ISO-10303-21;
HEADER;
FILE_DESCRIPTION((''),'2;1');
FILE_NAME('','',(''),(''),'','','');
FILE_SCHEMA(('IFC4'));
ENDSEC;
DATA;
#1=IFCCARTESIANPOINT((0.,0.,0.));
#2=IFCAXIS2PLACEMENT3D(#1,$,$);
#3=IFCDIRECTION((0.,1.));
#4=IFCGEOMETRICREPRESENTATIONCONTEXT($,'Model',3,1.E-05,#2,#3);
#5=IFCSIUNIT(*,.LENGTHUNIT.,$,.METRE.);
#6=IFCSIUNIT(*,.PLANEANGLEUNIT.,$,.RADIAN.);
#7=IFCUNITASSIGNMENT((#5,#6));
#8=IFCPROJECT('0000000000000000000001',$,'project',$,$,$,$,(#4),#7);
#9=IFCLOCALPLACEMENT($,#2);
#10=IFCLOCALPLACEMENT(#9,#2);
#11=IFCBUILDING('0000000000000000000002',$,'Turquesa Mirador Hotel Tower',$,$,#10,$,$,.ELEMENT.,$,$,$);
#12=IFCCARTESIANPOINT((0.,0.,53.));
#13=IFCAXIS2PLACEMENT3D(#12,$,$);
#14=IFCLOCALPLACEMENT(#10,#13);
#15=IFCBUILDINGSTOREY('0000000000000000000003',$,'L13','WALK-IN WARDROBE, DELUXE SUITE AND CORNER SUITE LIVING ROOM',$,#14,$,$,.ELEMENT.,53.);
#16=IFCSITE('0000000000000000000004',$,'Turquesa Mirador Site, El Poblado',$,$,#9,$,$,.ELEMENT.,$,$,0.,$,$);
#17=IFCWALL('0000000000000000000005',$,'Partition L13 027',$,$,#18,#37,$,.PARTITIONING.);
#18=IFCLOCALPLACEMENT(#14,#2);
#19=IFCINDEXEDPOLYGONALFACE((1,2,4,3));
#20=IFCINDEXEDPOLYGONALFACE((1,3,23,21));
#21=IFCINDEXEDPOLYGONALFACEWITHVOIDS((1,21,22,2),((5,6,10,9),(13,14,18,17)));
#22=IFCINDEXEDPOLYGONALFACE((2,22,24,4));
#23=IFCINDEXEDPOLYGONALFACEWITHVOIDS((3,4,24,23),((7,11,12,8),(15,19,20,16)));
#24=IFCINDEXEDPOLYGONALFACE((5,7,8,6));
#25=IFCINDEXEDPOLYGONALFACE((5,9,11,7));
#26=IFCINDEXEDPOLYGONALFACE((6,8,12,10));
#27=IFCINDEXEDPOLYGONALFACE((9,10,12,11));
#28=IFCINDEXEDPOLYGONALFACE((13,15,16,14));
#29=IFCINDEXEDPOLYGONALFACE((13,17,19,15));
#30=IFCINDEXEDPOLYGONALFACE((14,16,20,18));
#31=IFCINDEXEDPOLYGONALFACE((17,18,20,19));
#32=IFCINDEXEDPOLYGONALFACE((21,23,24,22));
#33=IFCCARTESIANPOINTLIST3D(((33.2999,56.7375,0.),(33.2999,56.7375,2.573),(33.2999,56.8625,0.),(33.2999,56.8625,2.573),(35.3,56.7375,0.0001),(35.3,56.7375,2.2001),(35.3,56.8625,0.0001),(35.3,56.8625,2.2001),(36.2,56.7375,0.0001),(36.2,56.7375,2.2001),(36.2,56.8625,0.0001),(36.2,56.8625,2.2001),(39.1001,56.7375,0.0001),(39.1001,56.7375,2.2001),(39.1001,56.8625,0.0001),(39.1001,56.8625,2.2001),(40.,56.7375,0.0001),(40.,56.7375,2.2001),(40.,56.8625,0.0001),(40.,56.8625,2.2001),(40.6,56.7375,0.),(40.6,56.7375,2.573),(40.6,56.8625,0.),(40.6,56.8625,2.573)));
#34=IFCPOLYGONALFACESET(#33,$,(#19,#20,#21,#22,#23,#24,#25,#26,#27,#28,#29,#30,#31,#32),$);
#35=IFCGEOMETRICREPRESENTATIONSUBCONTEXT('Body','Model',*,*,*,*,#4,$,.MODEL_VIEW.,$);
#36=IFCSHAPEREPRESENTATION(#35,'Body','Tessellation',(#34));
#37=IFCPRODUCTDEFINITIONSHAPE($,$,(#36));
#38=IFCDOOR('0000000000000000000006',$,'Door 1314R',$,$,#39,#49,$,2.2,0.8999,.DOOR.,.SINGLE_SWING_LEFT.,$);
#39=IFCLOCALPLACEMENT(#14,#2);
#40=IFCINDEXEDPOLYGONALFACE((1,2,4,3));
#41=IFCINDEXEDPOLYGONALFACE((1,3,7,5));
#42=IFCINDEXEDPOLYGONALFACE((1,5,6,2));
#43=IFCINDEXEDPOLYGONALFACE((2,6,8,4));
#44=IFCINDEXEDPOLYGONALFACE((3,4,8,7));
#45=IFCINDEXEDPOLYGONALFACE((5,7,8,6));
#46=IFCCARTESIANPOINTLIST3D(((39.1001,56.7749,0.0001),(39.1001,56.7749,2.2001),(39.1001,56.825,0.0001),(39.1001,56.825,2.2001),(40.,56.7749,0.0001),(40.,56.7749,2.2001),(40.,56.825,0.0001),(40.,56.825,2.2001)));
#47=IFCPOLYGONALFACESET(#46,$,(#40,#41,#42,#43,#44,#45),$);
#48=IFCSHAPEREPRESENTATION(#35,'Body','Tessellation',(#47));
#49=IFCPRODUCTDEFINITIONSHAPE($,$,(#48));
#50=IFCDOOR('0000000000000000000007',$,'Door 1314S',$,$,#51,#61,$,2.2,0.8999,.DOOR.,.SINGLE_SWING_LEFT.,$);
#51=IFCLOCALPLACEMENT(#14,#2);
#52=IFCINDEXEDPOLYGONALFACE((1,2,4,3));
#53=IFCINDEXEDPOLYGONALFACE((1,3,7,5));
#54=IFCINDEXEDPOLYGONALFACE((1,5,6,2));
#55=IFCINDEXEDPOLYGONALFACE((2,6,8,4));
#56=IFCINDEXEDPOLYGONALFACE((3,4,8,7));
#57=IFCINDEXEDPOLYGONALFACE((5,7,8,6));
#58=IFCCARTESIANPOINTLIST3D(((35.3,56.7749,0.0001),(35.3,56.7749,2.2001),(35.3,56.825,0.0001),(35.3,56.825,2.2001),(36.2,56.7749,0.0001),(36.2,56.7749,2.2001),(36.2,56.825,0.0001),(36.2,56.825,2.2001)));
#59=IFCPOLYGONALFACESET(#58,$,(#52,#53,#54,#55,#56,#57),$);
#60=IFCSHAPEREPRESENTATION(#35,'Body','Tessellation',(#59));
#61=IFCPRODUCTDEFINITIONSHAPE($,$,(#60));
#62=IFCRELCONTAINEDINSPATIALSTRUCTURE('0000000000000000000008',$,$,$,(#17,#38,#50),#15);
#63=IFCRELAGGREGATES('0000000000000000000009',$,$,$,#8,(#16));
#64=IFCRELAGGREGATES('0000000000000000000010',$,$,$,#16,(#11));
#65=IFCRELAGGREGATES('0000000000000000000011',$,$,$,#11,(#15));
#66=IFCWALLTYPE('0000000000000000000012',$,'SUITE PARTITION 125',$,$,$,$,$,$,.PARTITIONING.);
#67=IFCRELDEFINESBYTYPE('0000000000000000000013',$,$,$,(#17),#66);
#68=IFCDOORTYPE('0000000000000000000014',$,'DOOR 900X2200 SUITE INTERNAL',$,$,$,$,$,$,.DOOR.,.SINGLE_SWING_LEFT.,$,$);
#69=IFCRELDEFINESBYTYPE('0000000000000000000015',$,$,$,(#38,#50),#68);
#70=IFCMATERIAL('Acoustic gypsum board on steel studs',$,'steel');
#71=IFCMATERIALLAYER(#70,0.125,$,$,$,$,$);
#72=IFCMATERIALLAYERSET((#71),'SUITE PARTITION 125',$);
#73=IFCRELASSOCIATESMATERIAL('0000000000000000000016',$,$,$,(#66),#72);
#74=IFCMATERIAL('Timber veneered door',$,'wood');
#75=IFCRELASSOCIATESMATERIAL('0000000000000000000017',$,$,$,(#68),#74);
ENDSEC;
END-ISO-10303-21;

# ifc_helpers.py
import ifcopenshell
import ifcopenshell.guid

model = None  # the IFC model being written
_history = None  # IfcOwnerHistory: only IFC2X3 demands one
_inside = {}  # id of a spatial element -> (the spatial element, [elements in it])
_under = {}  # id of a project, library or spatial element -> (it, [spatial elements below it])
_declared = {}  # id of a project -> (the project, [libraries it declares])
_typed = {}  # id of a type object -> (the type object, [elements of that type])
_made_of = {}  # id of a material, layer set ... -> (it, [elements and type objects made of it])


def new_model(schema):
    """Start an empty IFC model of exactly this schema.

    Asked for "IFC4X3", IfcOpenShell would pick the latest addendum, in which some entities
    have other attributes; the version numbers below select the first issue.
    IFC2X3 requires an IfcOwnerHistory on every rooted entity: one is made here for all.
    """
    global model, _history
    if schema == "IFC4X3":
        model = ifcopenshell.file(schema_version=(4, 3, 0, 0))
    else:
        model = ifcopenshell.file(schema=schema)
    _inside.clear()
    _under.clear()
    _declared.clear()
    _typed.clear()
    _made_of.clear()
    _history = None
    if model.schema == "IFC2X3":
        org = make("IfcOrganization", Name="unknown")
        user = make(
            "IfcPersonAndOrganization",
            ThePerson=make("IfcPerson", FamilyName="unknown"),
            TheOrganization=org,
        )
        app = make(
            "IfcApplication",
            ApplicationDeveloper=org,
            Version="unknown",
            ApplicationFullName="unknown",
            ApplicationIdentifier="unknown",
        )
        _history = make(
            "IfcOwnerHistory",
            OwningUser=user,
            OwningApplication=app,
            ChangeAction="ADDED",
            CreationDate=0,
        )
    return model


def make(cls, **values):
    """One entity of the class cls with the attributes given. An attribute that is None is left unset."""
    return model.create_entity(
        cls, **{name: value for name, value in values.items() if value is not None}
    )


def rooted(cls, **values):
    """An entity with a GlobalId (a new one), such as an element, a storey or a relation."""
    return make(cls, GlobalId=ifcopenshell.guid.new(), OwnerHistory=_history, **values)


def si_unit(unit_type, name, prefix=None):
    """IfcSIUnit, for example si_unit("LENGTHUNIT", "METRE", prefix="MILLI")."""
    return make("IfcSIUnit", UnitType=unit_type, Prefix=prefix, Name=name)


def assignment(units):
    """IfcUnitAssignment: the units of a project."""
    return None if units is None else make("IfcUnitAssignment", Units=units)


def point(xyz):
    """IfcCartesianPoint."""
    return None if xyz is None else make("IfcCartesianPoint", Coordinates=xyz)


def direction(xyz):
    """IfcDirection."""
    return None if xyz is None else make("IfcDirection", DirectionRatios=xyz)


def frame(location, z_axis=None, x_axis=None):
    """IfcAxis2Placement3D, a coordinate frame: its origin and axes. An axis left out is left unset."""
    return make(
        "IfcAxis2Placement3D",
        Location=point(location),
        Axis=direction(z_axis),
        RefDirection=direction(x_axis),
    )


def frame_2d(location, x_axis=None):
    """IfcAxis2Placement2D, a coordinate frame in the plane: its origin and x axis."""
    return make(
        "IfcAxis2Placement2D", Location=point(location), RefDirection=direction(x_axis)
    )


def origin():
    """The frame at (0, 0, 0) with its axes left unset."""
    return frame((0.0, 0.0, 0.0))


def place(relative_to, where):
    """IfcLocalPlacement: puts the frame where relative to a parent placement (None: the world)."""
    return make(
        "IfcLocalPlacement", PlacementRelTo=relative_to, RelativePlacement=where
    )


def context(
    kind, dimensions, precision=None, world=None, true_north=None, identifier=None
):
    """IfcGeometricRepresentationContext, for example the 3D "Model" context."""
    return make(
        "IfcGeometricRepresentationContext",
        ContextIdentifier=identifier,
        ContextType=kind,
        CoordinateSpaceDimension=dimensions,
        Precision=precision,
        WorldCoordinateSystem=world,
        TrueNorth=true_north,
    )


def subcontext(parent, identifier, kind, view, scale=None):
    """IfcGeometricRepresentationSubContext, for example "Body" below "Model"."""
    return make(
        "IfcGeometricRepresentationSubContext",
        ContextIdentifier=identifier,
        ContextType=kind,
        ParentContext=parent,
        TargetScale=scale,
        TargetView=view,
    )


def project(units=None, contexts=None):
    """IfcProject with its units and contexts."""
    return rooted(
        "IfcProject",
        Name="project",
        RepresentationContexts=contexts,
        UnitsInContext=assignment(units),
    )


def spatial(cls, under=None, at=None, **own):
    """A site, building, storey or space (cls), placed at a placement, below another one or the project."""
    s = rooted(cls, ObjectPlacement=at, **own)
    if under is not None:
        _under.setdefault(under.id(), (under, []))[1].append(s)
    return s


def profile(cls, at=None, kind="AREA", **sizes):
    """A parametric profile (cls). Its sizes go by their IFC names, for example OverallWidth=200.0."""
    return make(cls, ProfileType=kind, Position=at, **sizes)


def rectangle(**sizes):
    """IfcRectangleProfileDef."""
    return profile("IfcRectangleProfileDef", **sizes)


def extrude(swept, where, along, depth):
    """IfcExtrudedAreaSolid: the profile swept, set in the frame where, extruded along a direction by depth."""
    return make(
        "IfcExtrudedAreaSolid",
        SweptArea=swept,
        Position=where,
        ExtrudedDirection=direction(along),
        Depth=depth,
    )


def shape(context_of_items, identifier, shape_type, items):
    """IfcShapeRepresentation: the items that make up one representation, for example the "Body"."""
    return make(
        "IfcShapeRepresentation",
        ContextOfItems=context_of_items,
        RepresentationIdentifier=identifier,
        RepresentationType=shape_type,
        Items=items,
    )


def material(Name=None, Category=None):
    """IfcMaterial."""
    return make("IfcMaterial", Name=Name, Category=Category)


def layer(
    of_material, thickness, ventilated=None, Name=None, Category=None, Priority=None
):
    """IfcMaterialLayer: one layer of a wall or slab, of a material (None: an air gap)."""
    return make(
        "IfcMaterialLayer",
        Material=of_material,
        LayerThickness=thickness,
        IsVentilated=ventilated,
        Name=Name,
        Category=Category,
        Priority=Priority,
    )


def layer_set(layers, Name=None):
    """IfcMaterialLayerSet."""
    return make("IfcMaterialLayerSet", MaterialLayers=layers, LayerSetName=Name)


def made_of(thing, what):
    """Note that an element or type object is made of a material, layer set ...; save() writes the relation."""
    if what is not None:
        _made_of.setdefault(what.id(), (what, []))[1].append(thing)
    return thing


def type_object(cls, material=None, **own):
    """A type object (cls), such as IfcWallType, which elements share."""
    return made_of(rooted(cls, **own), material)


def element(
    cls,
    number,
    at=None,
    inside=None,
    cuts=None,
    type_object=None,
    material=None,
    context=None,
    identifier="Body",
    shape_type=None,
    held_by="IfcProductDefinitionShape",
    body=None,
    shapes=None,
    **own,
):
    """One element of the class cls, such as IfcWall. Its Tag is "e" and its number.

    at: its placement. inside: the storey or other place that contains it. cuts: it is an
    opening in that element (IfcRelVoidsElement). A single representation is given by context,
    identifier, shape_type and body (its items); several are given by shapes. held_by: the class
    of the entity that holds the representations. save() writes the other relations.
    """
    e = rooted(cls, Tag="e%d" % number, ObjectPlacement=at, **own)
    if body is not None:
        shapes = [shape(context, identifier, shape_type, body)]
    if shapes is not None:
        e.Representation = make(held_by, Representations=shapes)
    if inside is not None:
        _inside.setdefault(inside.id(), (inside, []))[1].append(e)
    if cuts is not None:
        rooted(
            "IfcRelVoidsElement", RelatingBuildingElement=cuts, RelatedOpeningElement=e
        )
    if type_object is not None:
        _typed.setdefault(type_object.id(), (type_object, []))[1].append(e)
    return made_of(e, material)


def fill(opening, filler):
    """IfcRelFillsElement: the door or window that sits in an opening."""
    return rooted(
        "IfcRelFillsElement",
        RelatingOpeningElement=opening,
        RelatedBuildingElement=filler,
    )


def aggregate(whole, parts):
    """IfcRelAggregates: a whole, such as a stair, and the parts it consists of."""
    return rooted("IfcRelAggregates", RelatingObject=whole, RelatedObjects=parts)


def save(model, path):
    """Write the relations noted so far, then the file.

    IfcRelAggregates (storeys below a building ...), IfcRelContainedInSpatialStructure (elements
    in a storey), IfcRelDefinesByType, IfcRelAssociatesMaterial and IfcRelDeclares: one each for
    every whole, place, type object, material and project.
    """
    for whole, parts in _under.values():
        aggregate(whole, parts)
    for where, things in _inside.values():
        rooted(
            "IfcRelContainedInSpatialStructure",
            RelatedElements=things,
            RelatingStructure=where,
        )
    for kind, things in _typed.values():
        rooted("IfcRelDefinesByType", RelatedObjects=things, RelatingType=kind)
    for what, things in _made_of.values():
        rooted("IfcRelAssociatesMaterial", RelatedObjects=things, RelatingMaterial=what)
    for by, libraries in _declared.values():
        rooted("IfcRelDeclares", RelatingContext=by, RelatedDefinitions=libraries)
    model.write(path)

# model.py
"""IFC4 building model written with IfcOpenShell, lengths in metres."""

from ifc_helpers import new_model, si_unit, direction, frame, frame_2d, origin, place, context, subcontext, project, spatial, rectangle, extrude, material, layer, layer_set, type_object, element, fill, save


model = new_model("IFC4")

# Units and contexts
model_context = context("Model", 3, precision=1e-05, world=origin(), true_north=direction((0.0, 1.0)))
body_context = subcontext(model_context, "Body", "Model", "MODEL_VIEW")
ifc_project = project(units=[si_unit("LENGTHUNIT", "METRE"), si_unit("PLANEANGLEUNIT", "RADIAN")], contexts=[model_context])

# Site, building, storey
site_placement = place(None, origin())
site = spatial("IfcSite", under=ifc_project, at=site_placement, Name="Turquesa Mirador Site, El Poblado", CompositionType="ELEMENT", RefElevation=0.0)
building_placement = place(site_placement, origin())
building = spatial("IfcBuilding", under=site, at=building_placement, Name="Turquesa Mirador Hotel Tower", CompositionType="ELEMENT")
storey_placement = place(building_placement, frame((0.0, 0.0, 53.0)))
storey = spatial("IfcBuildingStorey", under=building, at=storey_placement, Name="L13", Description="WALK-IN WARDROBE, DELUXE SUITE AND CORNER SUITE LIVING ROOM", CompositionType="ELEMENT", Elevation=53.0)

# Wall, openings, doors
ifc_material_1 = material(Name="Acoustic gypsum board on steel studs", Category="steel")
ifc_layer_1 = layer(ifc_material_1, 0.125)
ifc_layer_set_1 = layer_set([ifc_layer_1], Name="SUITE PARTITION 125")
wall_type_1 = type_object("IfcWallType", Name="SUITE PARTITION 125", PredefinedType="PARTITIONING", material=ifc_layer_set_1)
wall_1_placement = place(storey_placement, frame((33.3, 56.8, 0.0), z_axis=(0.0, 0.0, 1.0), x_axis=(1.0, 0.0, 0.0)))
wall_1 = element("IfcWall", 1, at=wall_1_placement, inside=storey, type_object=wall_type_1, Name="Partition L13 027", PredefinedType="PARTITIONING", context=body_context, shape_type="SweptSolid", body=[
    extrude(rectangle(XDim=7.3, YDim=0.125, at=frame_2d((3.6499, 0.0))), origin(), (0.0, 0.0, 1.0), 2.573),
])
opening_1_placement = place(wall_1_placement, frame((5.8, 0.0, 0.0)))
opening_1 = element("IfcOpeningElement", 2, at=opening_1_placement, cuts=wall_1, PredefinedType="OPENING", context=body_context, shape_type="SweptSolid", body=[
    extrude(rectangle(XDim=0.8999, YDim=2.2, at=frame_2d((0.45, 1.1001))), frame((0.0, 0.0725, 0.0), z_axis=(0.0, -1.0, 0.0), x_axis=(1.0, 0.0, 0.0)), (0.0, 0.0, 1.0), 0.145),
])
opening_2_placement = place(wall_1_placement, frame((2.0, 0.0, 0.0)))
opening_2 = element("IfcOpeningElement", 3, at=opening_2_placement, cuts=wall_1, PredefinedType="OPENING", context=body_context, shape_type="SweptSolid", body=[
    extrude(rectangle(XDim=0.8999, YDim=2.2, at=frame_2d((0.45, 1.1001))), frame((0.0, 0.0725, 0.0), z_axis=(0.0, -1.0, 0.0), x_axis=(1.0, 0.0, 0.0)), (0.0, 0.0, 1.0), 0.145),
])
ifc_material_2 = material(Name="Timber veneered door", Category="wood")
door_type_1 = type_object("IfcDoorType", Name="DOOR 900X2200 SUITE INTERNAL", OperationType="SINGLE_SWING_LEFT", PredefinedType="DOOR", material=ifc_material_2)
door_1_placement = place(opening_1_placement, origin())
door_1 = element("IfcDoor", 4, at=door_1_placement, inside=storey, type_object=door_type_1, Name="Door 1314R", OperationType="SINGLE_SWING_LEFT", OverallHeight=2.2, OverallWidth=0.8999, PredefinedType="DOOR", context=body_context, shape_type="SweptSolid", body=[
    extrude(rectangle(XDim=0.8999, YDim=2.2, at=frame_2d((0.45, 1.1001))), frame((0.0, 0.0249, 0.0), z_axis=(0.0, -1.0, 0.0), x_axis=(1.0, 0.0, 0.0)), (0.0, 0.0, 1.0), 0.05),
])
fill(opening_1, door_1)
door_2_placement = place(opening_2_placement, origin())
door_2 = element("IfcDoor", 5, at=door_2_placement, inside=storey, type_object=door_type_1, Name="Door 1314S", OperationType="SINGLE_SWING_LEFT", OverallHeight=2.2, OverallWidth=0.8999, PredefinedType="DOOR", context=body_context, shape_type="SweptSolid", body=[
    extrude(rectangle(XDim=0.8999, YDim=2.2, at=frame_2d((0.45, 1.1001))), frame((0.0, 0.0249, 0.0), z_axis=(0.0, -1.0, 0.0), x_axis=(1.0, 0.0, 0.0)), (0.0, 0.0, 1.0), 0.05),
])
fill(opening_2, door_2)

save(model, "model.ifc")
